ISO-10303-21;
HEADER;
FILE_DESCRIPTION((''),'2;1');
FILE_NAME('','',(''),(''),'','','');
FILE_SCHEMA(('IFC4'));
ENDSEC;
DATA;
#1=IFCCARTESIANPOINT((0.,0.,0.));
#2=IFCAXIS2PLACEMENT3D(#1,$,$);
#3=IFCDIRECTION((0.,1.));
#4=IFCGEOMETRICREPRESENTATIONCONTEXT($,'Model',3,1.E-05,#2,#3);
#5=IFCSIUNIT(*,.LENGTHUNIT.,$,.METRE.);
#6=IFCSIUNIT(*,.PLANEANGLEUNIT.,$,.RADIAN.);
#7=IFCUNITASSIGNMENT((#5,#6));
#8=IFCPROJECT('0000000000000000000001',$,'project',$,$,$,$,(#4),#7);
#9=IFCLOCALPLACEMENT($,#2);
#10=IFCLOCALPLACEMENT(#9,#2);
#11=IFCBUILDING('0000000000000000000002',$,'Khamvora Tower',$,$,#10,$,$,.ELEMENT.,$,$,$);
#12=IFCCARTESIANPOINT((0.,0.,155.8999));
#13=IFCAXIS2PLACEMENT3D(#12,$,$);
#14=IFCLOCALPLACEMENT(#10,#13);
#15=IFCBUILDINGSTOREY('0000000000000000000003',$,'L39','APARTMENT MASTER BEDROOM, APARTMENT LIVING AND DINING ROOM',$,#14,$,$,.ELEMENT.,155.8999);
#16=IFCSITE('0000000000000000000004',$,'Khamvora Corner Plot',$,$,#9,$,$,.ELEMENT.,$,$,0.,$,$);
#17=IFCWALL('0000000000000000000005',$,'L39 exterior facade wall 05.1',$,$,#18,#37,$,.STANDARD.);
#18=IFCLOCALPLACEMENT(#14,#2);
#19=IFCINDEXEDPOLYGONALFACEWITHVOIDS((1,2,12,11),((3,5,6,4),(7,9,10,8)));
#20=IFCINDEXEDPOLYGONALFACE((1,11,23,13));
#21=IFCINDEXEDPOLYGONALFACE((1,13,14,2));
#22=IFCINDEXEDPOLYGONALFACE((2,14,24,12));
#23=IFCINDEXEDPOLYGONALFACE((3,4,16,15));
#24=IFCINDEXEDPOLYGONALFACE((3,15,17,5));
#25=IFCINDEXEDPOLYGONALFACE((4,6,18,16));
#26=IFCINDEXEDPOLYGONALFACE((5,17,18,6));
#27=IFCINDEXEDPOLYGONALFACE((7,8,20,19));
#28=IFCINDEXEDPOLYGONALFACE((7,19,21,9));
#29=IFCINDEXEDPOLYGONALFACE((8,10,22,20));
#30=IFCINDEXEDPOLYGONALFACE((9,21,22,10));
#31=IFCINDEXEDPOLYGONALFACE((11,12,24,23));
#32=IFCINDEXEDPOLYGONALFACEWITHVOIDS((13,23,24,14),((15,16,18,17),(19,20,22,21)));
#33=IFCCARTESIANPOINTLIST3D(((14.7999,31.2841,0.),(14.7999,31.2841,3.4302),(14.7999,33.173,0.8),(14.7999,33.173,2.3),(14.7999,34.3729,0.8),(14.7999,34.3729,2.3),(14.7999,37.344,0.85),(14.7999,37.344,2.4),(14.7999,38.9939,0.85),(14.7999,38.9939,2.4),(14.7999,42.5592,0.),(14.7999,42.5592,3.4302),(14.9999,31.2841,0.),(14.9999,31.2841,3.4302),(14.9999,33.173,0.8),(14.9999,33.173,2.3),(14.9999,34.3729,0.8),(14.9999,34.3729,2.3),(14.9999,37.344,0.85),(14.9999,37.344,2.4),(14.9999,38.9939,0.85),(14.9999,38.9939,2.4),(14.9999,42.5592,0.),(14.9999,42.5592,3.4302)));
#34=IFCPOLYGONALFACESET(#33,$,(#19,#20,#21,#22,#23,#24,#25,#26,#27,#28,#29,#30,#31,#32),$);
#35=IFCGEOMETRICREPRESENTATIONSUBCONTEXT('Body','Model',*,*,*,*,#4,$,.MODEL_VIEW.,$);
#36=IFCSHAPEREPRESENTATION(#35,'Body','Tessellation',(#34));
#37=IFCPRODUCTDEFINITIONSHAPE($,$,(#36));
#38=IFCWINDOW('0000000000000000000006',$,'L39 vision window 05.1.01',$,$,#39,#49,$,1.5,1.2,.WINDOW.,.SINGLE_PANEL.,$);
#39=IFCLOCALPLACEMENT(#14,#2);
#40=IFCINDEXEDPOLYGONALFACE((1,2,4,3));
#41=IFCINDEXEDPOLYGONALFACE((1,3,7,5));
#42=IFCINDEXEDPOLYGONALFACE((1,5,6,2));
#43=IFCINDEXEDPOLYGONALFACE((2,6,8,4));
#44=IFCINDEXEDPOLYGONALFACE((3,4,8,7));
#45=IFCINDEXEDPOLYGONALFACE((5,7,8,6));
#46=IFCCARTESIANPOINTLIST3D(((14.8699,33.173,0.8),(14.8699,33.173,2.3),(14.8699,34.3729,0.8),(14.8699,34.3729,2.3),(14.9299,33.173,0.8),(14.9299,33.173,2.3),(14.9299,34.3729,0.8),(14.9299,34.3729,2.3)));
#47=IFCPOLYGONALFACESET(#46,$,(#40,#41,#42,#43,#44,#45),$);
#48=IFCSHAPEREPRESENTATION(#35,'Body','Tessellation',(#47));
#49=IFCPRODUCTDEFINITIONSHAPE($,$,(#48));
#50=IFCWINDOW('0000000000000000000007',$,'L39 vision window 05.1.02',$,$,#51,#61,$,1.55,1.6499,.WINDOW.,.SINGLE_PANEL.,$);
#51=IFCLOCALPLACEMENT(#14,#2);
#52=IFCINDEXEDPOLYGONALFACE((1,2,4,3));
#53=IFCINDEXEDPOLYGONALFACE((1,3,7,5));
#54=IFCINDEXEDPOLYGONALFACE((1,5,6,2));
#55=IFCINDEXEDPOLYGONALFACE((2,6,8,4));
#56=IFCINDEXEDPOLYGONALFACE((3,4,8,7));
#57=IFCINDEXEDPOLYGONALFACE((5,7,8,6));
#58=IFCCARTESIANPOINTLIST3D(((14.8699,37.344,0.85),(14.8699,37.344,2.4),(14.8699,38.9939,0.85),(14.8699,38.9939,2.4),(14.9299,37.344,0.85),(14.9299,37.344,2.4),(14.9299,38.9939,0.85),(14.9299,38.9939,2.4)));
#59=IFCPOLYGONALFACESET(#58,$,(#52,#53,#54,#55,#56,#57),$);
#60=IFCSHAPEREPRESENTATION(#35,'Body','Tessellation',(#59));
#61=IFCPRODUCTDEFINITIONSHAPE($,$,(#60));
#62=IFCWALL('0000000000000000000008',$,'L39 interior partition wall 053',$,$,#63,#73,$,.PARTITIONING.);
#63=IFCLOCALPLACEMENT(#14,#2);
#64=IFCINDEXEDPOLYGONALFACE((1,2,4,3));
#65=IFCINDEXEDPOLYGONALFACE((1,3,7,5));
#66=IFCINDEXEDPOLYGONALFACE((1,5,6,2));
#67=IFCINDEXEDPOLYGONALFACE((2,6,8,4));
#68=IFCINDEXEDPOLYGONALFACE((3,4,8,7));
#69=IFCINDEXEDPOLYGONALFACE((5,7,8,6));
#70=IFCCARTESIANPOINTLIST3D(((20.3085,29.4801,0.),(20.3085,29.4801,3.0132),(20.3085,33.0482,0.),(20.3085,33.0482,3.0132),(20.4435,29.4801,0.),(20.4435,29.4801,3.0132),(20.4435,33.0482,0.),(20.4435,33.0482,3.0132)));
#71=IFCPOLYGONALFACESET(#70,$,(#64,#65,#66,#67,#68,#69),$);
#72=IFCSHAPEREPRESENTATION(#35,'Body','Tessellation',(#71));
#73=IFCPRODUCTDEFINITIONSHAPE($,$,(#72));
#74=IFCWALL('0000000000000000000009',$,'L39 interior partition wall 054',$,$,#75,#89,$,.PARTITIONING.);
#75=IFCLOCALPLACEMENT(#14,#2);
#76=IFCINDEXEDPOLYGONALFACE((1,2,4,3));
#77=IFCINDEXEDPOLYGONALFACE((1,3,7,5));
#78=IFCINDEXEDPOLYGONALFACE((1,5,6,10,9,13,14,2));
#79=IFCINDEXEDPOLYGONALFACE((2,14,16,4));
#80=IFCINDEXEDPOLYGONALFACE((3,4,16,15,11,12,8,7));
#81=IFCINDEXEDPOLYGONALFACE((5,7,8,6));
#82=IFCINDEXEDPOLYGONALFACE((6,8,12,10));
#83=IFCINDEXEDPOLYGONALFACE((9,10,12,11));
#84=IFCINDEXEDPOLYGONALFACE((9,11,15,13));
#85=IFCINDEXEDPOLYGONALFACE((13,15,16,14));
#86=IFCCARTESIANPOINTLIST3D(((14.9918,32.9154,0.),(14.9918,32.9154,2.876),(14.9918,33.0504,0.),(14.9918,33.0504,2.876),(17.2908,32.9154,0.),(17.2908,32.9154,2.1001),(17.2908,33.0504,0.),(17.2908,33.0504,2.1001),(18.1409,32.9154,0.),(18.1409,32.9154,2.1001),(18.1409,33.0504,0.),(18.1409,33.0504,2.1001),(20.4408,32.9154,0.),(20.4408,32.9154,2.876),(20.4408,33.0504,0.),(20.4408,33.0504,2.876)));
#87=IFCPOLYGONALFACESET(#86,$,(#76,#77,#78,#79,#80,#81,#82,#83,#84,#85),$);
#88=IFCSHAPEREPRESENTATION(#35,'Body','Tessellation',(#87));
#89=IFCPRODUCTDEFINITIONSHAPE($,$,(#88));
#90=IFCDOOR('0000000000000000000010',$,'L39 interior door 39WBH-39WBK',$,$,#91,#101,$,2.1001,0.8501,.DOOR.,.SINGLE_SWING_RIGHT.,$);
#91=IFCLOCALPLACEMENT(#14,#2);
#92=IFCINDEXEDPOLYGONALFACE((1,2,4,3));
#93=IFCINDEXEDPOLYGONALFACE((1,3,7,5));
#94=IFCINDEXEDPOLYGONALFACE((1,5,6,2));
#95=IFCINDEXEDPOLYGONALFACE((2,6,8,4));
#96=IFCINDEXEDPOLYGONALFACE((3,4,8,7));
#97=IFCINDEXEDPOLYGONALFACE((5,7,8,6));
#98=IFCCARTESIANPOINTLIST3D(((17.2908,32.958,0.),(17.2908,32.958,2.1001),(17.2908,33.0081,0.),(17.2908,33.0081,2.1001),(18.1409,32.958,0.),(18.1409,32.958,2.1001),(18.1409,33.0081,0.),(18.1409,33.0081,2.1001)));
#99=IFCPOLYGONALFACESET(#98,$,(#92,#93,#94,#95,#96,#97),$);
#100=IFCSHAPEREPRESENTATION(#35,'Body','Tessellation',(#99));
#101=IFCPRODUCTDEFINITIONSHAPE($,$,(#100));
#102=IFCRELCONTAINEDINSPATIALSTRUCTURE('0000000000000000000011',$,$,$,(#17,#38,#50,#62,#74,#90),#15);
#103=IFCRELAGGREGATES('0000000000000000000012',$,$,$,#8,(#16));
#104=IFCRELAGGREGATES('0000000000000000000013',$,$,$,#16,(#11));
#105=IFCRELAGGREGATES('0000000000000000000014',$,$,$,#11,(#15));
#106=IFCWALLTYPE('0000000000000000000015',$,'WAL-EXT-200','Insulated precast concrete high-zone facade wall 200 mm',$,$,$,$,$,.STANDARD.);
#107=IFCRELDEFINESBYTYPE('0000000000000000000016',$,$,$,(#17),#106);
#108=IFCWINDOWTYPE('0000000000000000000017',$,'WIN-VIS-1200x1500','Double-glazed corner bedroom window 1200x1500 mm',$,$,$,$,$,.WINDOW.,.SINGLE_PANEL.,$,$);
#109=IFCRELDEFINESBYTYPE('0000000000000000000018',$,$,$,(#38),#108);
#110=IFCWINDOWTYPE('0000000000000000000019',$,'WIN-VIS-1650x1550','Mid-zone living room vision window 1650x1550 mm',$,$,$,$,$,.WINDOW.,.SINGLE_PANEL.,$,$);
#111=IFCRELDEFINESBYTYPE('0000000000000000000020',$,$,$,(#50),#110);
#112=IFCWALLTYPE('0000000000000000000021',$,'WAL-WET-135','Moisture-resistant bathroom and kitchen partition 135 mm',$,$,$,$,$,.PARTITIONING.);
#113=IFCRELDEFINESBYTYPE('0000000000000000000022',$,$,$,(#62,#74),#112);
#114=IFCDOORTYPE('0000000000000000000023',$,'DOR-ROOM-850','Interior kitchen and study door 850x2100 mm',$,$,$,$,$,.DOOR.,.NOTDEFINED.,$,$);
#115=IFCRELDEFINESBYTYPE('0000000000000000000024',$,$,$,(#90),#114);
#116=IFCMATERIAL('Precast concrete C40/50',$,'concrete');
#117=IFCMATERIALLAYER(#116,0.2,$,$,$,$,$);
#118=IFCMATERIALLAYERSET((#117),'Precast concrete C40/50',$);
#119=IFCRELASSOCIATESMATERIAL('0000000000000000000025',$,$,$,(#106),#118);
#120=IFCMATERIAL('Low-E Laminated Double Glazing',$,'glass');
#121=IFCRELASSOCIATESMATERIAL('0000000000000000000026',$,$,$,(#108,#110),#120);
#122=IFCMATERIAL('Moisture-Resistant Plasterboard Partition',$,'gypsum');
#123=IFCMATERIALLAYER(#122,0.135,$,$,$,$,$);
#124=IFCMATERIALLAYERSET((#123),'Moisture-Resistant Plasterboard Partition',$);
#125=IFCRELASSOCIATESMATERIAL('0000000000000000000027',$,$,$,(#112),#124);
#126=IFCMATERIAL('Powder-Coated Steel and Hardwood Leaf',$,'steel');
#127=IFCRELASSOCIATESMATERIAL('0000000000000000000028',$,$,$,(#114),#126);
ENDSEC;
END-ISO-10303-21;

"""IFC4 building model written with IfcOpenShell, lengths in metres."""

from ifc_helpers import new_model, si_unit, direction, frame, frame_2d, origin, place, context, subcontext, project, spatial, rectangle, extrude, material, layer, layer_set, type_object, element, fill, save


model = new_model("IFC4")

# Units and contexts
model_context = context("Model", 3, precision=1e-05, world=origin(), true_north=direction((0.0, 1.0)))
body_context = subcontext(model_context, "Body", "Model", "MODEL_VIEW")
ifc_project = project(units=[si_unit("LENGTHUNIT", "METRE"), si_unit("PLANEANGLEUNIT", "RADIAN")], contexts=[model_context])

# Site, building, storey
site_placement = place(None, origin())
site = spatial("IfcSite", under=ifc_project, at=site_placement, Name="Khamvora Corner Plot", CompositionType="ELEMENT", RefElevation=0.0)
building_placement = place(site_placement, origin())
building = spatial("IfcBuilding", under=site, at=building_placement, Name="Khamvora Tower", CompositionType="ELEMENT")
storey_placement = place(building_placement, frame((0.0, 0.0, 155.8999)))
storey = spatial("IfcBuildingStorey", under=building, at=storey_placement, Name="L39", Description="APARTMENT MASTER BEDROOM, APARTMENT LIVING AND DINING ROOM", CompositionType="ELEMENT", Elevation=155.8999)

# Shared definitions
ifc_material_1 = material(Name="Powder-Coated Steel and Hardwood Leaf", Category="steel")

# Shared definitions
ifc_material_2 = material(Name="Precast concrete C40/50", Category="concrete")
ifc_layer_1 = layer(ifc_material_2, 0.2)
ifc_layer_set_1 = layer_set([ifc_layer_1], Name="Precast concrete C40/50")
wall_type_1 = type_object("IfcWallType", Name="WAL-EXT-200", Description="Insulated precast concrete high-zone facade wall 200 mm", PredefinedType="STANDARD", material=ifc_layer_set_1)

# Wall, openings, windows
wall_1_placement = place(storey_placement, frame((14.8999, 31.2839, 0.0), z_axis=(0.0, 0.0, 1.0), x_axis=(0.0, 1.0, 0.0)))
wall_1 = element("IfcWall", 1, at=wall_1_placement, inside=storey, type_object=wall_type_1, Name="L39 exterior facade wall 05.1", PredefinedType="STANDARD", context=body_context, shape_type="SweptSolid", body=[
    extrude(rectangle(XDim=11.2751, YDim=0.2, at=frame_2d((5.6377, 0.0))), origin(), (0.0, 0.0, 1.0), 3.4302),
])
opening_1_placement = place(wall_1_placement, frame((1.8889, 0.0, 0.8)))
opening_1 = element("IfcOpeningElement", 2, at=opening_1_placement, cuts=wall_1, PredefinedType="OPENING", context=body_context, shape_type="SweptSolid", body=[
    extrude(rectangle(XDim=1.2, YDim=1.5, at=frame_2d((0.6001, 0.75))), frame((0.0, 0.1099, 0.0), z_axis=(0.0, -1.0, 0.0), x_axis=(1.0, 0.0, 0.0)), (0.0, 0.0, 1.0), 0.22),
])
opening_2_placement = place(wall_1_placement, frame((6.0601, 0.0, 0.8501)))
opening_2 = element("IfcOpeningElement", 3, at=opening_2_placement, cuts=wall_1, PredefinedType="OPENING", context=body_context, shape_type="SweptSolid", body=[
    extrude(rectangle(XDim=1.6499, YDim=1.55, at=frame_2d((0.825, 0.7749))), frame((0.0, 0.1099, 0.0), z_axis=(0.0, -1.0, 0.0), x_axis=(1.0, 0.0, 0.0)), (0.0, 0.0, 1.0), 0.22),
])
ifc_material_3 = material(Name="Low-E Laminated Double Glazing", Category="glass")
window_type_1 = type_object("IfcWindowType", Name="WIN-VIS-1200x1500", Description="Double-glazed corner bedroom window 1200x1500 mm", PartitioningType="SINGLE_PANEL", PredefinedType="WINDOW", material=ifc_material_3)
window_1_placement = place(opening_1_placement, origin())
window_1 = element("IfcWindow", 4, at=window_1_placement, inside=storey, type_object=window_type_1, Name="L39 vision window 05.1.01", OverallHeight=1.5, OverallWidth=1.2, PartitioningType="SINGLE_PANEL", PredefinedType="WINDOW", context=body_context, shape_type="SweptSolid", body=[
    extrude(rectangle(XDim=1.2, YDim=1.5, at=frame_2d((0.6001, 0.75))), frame((0.0, 0.03, 0.0), z_axis=(0.0, -1.0, 0.0), x_axis=(1.0, 0.0, 0.0)), (0.0, 0.0, 1.0), 0.0601),
])
fill(opening_1, window_1)
window_type_2 = type_object("IfcWindowType", Name="WIN-VIS-1650x1550", Description="Mid-zone living room vision window 1650x1550 mm", PartitioningType="SINGLE_PANEL", PredefinedType="WINDOW", material=ifc_material_3)
window_2_placement = place(opening_2_placement, origin())
window_2 = element("IfcWindow", 5, at=window_2_placement, inside=storey, type_object=window_type_2, Name="L39 vision window 05.1.02", OverallHeight=1.55, OverallWidth=1.6499, PartitioningType="SINGLE_PANEL", PredefinedType="WINDOW", context=body_context, shape_type="SweptSolid", body=[
    extrude(rectangle(XDim=1.6499, YDim=1.55, at=frame_2d((0.825, 0.7749))), frame((0.0, 0.03, 0.0), z_axis=(0.0, -1.0, 0.0), x_axis=(1.0, 0.0, 0.0)), (0.0, 0.0, 1.0), 0.0601),
])
fill(opening_2, window_2)

# Wall
ifc_material_4 = material(Name="Moisture-Resistant Plasterboard Partition", Category="gypsum")
ifc_layer_2 = layer(ifc_material_4, 0.135)
ifc_layer_set_2 = layer_set([ifc_layer_2], Name="Moisture-Resistant Plasterboard Partition")
wall_type_2 = type_object("IfcWallType", Name="WAL-WET-135", Description="Moisture-resistant bathroom and kitchen partition 135 mm", PredefinedType="PARTITIONING", material=ifc_layer_set_2)
wall_2_placement = place(storey_placement, frame((20.376, 29.48, 0.0), z_axis=(0.0, 0.0, 1.0), x_axis=(0.0, 1.0, 0.0)))
element("IfcWall", 6, at=wall_2_placement, inside=storey, type_object=wall_type_2, Name="L39 interior partition wall 053", PredefinedType="PARTITIONING", context=body_context, shape_type="SweptSolid", body=[
    extrude(rectangle(XDim=3.5681, YDim=0.135, at=frame_2d((1.7842, 0.0))), origin(), (0.0, 0.0, 1.0), 3.0132),
])

# Wall, opening, door
wall_3_placement = place(storey_placement, frame((20.4409, 32.9829, 0.0), z_axis=(0.0, 0.0, 1.0), x_axis=(-1.0, 0.0, 0.0)))
wall_3 = element("IfcWall", 7, at=wall_3_placement, inside=storey, type_object=wall_type_2, Name="L39 interior partition wall 054", PredefinedType="PARTITIONING", context=body_context, shape_type="SweptSolid", body=[
    extrude(rectangle(XDim=5.449, YDim=0.135, at=frame_2d((2.7246, 0.0))), origin(), (0.0, 0.0, 1.0), 2.876),
])
opening_3_placement = place(wall_3_placement, frame((2.3, 0.0, 0.0)))
opening_3 = element("IfcOpeningElement", 8, at=opening_3_placement, cuts=wall_3, PredefinedType="OPENING", context=body_context, shape_type="SweptSolid", body=[
    extrude(rectangle(XDim=0.8501, YDim=2.1001, at=frame_2d((0.425, 1.05))), frame((0.0, 0.0774, 0.0), z_axis=(0.0, -1.0, 0.0), x_axis=(1.0, 0.0, 0.0)), (0.0, 0.0, 1.0), 0.155),
])
door_type_1 = type_object("IfcDoorType", Name="DOR-ROOM-850", Description="Interior kitchen and study door 850x2100 mm", OperationType="NOTDEFINED", PredefinedType="DOOR", material=ifc_material_1)
door_1_placement = place(opening_3_placement, origin())
door_1 = element("IfcDoor", 9, at=door_1_placement, inside=storey, type_object=door_type_1, Name="L39 interior door 39WBH-39WBK", OperationType="SINGLE_SWING_RIGHT", OverallHeight=2.1001, OverallWidth=0.8501, PredefinedType="DOOR", context=body_context, shape_type="SweptSolid", body=[
    extrude(rectangle(XDim=0.8501, YDim=2.1001, at=frame_2d((0.425, 1.05))), frame((0.0, 0.0249, 0.0), z_axis=(0.0, -1.0, 0.0), x_axis=(1.0, 0.0, 0.0)), (0.0, 0.0, 1.0), 0.05),
])
fill(opening_3, door_1)

save(model, "model.ifc")
